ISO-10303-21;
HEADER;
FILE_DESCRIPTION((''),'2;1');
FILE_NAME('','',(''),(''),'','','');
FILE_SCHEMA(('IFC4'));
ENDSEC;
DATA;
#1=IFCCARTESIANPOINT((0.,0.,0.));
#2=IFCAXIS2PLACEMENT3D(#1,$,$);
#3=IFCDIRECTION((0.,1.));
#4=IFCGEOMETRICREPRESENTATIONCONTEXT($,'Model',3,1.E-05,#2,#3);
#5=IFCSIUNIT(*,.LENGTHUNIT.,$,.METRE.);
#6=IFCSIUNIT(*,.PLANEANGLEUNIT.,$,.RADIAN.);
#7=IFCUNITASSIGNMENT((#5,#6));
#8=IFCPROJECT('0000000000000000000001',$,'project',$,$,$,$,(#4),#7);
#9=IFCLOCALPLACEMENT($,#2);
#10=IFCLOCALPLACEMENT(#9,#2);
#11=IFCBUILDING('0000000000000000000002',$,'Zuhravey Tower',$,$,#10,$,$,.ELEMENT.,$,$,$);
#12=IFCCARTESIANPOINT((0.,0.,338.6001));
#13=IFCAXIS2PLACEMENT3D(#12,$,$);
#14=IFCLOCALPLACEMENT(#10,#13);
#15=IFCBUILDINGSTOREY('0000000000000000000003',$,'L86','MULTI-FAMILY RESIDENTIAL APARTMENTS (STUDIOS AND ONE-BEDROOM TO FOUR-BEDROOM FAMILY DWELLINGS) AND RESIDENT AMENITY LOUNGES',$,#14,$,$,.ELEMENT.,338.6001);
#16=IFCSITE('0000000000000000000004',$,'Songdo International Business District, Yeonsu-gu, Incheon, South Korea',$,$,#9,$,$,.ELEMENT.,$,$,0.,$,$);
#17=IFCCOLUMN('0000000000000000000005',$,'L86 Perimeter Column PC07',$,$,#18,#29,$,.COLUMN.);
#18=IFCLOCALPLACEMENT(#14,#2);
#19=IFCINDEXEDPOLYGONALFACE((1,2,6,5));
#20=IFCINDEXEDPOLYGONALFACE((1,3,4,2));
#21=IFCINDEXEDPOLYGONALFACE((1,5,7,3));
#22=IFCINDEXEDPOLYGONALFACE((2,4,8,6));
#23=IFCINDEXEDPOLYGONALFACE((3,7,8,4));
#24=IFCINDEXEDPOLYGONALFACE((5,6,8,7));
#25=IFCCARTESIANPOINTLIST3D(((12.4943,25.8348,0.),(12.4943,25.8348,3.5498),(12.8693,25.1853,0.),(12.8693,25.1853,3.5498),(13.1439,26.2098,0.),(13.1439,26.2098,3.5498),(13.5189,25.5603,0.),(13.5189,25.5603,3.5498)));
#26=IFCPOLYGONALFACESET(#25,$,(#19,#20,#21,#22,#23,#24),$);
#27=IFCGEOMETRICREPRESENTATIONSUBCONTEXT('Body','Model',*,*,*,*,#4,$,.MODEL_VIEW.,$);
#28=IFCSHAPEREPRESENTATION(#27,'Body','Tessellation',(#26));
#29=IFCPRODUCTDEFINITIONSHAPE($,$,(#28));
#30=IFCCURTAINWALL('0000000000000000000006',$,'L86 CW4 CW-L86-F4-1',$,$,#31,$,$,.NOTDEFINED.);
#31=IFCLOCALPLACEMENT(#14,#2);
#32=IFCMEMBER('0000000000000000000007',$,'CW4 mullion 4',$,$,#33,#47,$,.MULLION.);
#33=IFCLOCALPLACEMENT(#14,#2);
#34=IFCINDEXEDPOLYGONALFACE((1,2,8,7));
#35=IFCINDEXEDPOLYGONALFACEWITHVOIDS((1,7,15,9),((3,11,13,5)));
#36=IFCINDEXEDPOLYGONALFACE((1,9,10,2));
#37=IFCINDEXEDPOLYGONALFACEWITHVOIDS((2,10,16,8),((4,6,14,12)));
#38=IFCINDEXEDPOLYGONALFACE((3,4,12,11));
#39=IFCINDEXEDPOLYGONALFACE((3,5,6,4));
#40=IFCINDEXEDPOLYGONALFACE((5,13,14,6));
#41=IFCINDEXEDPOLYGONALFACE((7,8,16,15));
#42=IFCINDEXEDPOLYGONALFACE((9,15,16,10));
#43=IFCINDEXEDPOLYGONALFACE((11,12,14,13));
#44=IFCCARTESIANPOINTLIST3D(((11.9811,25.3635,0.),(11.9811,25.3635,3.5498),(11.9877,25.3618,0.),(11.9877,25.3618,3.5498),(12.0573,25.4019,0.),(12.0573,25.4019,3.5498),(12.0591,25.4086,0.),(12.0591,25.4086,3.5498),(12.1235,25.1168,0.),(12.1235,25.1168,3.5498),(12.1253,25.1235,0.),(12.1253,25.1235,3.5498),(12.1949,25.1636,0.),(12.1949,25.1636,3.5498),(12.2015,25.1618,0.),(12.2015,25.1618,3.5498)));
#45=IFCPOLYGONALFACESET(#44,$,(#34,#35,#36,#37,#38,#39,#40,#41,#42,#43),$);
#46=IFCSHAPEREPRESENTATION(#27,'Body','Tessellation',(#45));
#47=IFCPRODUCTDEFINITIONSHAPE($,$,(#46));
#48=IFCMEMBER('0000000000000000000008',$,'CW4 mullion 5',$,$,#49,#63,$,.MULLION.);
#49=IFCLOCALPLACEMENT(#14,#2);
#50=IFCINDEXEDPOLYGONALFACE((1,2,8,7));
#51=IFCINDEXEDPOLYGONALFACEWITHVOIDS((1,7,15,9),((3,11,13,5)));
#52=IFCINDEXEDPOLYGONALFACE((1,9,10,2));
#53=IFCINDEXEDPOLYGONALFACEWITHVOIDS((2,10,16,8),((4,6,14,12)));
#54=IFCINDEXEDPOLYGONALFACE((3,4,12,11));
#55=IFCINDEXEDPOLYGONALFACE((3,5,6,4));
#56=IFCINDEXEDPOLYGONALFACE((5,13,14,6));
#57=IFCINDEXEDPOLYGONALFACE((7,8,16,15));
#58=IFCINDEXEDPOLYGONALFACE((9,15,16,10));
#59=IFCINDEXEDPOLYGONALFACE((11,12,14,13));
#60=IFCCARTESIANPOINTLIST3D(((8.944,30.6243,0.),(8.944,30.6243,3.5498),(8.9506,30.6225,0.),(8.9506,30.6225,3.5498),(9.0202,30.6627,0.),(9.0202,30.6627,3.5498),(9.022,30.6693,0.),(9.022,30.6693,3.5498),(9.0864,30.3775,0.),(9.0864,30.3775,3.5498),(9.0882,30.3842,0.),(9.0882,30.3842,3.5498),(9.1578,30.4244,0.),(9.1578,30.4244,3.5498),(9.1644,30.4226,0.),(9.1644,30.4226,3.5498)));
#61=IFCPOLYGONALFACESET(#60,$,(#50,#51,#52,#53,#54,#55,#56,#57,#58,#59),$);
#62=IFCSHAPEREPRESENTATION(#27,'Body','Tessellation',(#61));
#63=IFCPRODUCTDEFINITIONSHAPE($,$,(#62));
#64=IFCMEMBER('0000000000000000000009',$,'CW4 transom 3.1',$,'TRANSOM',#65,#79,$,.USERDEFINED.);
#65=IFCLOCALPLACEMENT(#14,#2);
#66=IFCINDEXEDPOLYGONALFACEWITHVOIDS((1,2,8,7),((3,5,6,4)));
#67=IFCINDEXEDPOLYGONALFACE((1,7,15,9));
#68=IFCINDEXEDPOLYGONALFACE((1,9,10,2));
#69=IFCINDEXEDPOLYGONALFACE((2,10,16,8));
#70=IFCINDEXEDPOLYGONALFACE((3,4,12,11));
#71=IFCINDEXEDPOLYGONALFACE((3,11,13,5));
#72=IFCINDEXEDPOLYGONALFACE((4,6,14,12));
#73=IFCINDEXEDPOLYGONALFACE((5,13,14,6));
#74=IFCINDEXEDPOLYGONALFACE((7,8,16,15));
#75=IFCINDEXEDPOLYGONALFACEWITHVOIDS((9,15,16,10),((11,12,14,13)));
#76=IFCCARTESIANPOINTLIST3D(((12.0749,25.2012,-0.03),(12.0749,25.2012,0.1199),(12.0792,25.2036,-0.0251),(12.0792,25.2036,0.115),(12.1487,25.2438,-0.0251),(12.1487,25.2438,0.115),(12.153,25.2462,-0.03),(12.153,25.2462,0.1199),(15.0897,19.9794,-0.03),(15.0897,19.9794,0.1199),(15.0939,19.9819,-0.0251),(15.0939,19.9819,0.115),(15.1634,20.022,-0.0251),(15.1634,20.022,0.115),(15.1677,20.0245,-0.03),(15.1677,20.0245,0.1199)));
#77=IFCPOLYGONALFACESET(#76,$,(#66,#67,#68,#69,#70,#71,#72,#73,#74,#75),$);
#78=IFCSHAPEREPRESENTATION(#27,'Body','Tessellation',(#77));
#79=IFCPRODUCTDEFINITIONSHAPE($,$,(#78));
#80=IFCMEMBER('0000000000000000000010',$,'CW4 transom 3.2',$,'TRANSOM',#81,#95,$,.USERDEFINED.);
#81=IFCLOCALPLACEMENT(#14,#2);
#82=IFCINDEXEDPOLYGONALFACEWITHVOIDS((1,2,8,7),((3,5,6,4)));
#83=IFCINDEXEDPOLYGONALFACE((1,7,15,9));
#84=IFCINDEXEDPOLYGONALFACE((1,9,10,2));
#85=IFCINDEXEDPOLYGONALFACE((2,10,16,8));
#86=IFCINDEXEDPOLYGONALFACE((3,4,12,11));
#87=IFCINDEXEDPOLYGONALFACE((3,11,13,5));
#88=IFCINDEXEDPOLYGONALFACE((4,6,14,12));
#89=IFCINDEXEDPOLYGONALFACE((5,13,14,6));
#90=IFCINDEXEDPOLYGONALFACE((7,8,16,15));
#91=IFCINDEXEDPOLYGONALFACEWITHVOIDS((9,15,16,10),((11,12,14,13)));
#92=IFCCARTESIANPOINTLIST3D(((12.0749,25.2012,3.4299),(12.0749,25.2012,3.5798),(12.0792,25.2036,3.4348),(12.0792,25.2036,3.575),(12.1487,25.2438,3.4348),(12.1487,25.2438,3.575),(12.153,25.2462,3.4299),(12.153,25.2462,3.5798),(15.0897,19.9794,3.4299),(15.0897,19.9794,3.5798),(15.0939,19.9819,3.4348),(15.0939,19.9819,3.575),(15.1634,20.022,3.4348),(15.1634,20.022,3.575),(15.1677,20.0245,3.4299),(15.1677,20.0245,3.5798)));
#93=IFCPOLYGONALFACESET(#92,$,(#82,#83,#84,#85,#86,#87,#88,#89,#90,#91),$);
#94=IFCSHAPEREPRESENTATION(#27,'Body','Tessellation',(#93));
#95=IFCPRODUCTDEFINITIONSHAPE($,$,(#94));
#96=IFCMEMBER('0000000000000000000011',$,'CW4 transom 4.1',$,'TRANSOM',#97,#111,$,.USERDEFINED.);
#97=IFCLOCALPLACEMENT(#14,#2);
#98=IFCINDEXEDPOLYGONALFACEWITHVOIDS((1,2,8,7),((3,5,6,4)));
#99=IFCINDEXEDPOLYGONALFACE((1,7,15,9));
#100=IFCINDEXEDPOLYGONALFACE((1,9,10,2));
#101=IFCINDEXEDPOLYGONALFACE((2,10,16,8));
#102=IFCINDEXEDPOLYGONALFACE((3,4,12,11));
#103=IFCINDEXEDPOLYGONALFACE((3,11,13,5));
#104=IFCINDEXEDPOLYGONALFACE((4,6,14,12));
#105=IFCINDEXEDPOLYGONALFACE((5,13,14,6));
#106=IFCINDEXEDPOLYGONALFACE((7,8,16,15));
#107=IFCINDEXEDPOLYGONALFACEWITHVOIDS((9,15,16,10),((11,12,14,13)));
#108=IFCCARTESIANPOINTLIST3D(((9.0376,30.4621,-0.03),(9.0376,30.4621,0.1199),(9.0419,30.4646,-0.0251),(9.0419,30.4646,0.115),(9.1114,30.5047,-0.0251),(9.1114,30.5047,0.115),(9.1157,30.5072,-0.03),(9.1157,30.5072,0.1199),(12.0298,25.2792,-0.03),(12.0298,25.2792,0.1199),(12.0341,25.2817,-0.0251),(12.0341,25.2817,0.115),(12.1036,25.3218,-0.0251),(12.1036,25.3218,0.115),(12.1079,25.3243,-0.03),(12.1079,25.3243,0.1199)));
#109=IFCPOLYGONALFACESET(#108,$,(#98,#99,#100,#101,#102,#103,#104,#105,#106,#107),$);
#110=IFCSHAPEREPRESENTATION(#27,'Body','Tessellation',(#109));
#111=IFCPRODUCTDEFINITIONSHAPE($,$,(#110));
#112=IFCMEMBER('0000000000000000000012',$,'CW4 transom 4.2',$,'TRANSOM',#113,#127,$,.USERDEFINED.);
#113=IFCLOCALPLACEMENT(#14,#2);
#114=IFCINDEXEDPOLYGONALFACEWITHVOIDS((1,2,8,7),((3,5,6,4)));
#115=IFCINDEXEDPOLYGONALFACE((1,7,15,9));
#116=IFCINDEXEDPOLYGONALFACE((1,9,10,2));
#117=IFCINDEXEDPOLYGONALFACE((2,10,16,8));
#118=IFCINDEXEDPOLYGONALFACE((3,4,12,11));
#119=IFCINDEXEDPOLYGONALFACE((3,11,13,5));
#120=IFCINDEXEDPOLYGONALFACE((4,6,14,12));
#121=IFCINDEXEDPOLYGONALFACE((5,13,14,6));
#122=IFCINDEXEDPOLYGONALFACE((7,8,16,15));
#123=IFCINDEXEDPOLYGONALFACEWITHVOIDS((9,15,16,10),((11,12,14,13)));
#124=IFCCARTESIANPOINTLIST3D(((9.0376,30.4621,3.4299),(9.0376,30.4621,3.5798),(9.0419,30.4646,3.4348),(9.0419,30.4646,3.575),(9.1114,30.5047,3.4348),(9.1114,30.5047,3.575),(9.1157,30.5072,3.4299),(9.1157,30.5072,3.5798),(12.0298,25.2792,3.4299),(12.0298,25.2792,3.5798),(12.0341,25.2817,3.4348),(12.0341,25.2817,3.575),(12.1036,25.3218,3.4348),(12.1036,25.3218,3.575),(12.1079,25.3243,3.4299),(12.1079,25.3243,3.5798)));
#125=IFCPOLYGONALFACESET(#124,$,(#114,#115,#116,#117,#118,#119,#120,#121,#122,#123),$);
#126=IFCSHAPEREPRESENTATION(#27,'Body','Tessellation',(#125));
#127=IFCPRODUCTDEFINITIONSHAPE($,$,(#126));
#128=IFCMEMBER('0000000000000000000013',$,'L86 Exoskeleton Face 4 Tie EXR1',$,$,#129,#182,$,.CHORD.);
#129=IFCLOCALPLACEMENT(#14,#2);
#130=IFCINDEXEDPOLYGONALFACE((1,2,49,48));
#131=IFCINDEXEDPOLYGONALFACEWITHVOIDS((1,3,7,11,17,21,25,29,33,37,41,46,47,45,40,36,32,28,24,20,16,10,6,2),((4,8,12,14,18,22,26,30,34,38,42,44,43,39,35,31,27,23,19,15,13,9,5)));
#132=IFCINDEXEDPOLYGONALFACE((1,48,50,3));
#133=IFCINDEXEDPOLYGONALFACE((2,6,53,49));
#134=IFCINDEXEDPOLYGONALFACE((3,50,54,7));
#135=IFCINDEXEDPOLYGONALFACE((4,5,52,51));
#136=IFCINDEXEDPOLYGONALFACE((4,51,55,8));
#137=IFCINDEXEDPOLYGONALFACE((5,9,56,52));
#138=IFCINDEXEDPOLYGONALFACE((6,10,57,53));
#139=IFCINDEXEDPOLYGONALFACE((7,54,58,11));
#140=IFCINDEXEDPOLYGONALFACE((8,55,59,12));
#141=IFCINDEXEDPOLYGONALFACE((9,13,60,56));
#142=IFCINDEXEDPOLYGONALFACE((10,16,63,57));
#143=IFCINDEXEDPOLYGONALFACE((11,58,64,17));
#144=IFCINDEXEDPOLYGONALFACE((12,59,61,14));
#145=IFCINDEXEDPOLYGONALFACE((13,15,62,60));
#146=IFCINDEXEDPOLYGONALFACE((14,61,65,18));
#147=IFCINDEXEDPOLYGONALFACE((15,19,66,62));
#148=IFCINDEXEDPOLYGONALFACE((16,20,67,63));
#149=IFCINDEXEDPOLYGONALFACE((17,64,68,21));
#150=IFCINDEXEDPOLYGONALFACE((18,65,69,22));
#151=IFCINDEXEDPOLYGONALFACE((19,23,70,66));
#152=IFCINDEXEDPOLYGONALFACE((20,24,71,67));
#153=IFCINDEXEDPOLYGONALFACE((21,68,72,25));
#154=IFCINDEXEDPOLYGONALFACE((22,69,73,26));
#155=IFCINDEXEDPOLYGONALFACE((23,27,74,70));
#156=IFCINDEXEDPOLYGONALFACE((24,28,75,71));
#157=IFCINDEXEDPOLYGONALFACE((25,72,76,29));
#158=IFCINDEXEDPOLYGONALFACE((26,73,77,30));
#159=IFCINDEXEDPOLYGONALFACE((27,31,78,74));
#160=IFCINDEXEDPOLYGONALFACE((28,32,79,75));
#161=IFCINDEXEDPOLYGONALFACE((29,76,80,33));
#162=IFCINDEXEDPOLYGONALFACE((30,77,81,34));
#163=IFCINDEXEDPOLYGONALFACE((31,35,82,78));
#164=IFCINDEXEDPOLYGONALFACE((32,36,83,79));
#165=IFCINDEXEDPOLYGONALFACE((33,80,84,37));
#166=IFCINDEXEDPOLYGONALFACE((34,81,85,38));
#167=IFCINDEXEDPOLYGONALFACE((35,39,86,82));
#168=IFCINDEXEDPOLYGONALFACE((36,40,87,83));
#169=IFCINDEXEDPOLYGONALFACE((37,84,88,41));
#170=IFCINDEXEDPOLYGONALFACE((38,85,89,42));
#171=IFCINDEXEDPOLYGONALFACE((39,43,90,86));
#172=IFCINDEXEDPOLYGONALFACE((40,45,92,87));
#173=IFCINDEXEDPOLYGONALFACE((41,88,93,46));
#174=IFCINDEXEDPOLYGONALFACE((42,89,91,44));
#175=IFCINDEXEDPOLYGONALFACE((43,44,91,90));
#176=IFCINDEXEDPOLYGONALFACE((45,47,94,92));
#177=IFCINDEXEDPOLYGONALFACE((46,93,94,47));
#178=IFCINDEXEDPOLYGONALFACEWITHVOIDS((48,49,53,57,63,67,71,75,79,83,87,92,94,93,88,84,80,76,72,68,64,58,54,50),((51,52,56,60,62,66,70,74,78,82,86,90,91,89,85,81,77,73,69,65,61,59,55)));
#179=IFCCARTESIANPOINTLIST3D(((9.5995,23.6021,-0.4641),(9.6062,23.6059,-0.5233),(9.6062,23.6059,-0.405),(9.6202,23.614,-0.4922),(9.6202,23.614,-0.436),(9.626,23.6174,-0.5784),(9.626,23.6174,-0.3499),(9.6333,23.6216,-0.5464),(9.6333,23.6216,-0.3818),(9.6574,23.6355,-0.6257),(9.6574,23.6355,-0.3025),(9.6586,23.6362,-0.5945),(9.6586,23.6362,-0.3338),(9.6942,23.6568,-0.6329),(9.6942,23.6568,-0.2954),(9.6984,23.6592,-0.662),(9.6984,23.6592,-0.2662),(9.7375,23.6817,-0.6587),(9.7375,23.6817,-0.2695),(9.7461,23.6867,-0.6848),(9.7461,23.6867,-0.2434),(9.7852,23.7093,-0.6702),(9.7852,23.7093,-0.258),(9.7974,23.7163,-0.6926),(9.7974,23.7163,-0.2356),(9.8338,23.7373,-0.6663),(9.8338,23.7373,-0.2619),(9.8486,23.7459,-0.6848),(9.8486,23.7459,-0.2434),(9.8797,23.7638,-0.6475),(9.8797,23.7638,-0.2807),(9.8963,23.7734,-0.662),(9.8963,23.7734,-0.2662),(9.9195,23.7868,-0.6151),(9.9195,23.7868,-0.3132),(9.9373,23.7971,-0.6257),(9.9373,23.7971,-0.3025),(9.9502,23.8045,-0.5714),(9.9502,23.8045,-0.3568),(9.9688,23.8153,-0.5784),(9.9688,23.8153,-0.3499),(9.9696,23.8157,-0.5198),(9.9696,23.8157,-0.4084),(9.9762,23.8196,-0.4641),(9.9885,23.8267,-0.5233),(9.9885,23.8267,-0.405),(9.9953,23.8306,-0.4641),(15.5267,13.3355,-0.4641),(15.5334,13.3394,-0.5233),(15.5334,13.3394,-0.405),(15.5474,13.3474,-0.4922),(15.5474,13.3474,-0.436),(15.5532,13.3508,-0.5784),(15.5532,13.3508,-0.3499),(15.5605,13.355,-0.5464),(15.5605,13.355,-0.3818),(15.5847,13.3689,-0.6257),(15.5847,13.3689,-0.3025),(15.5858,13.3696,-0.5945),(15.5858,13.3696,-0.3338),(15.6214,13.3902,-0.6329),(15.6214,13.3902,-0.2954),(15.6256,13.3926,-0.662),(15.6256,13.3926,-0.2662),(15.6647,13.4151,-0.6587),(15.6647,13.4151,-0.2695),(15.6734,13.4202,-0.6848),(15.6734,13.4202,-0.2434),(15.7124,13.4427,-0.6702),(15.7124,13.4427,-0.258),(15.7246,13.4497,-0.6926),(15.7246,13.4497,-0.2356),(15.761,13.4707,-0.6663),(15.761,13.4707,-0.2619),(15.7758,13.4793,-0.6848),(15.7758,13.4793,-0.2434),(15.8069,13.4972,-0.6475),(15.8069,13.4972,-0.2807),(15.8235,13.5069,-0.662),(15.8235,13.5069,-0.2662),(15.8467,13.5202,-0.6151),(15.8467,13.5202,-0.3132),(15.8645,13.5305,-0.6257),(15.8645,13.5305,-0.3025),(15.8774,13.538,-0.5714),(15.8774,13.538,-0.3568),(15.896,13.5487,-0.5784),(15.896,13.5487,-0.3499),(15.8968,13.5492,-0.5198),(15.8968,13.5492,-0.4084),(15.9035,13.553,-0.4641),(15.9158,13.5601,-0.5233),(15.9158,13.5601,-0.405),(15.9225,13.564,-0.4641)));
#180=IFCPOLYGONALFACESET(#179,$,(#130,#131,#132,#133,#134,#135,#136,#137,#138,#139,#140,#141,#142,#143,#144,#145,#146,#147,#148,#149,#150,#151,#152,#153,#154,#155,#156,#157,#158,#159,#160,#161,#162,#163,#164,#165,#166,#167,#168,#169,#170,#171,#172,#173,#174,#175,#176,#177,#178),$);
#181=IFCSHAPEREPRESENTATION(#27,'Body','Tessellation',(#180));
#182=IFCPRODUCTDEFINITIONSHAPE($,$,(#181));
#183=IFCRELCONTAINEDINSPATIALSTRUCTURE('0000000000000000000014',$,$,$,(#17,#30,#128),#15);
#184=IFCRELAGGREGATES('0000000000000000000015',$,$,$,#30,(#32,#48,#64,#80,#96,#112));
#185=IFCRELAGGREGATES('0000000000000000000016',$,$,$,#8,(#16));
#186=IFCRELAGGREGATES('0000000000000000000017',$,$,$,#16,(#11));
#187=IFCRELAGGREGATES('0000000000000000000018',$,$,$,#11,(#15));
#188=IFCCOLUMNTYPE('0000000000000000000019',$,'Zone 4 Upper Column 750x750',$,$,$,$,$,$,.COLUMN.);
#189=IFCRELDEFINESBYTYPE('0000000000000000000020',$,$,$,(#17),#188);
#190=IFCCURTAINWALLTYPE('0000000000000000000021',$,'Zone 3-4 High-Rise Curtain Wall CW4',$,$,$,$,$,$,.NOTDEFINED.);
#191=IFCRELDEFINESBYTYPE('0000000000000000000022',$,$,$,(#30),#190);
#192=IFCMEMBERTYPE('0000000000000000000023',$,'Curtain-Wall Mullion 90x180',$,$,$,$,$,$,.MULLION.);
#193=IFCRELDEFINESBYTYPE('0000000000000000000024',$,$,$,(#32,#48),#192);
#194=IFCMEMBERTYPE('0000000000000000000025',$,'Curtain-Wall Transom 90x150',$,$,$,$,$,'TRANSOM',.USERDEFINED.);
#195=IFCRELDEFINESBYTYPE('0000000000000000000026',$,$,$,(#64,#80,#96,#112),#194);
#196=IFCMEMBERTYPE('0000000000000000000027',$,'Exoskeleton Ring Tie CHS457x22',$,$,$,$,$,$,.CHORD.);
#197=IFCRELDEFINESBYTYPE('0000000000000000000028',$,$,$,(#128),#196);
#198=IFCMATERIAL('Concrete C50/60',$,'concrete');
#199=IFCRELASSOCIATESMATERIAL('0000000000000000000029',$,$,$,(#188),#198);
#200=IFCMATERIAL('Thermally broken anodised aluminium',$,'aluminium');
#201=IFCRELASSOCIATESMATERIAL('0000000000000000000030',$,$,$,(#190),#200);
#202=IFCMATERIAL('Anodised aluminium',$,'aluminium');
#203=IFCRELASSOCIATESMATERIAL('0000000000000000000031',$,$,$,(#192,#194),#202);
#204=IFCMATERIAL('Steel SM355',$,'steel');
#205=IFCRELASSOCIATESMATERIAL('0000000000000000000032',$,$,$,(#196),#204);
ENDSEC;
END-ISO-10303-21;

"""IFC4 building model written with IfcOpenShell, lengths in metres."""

from ifc_helpers import new_model, si_unit, direction, frame, origin, origin_2d, place, context, subcontext, project, spatial, rectangle, hollow_rectangle, hollow_circle, extrude, material, material_profile, profile_set, type_object, element, aggregate, save


model = new_model("IFC4")

# Units and contexts
model_context = context("Model", 3, precision=1e-05, world=origin(), true_north=direction((0.0, 1.0)))
body_context = subcontext(model_context, "Body", "Model", "MODEL_VIEW")
ifc_project = project(units=[si_unit("LENGTHUNIT", "METRE"), si_unit("PLANEANGLEUNIT", "RADIAN")], contexts=[model_context])

# Site, building, storey
site_placement = place(None, origin())
site = spatial("IfcSite", under=ifc_project, at=site_placement, Name="Songdo International Business District, Yeonsu-gu, Incheon, South Korea", CompositionType="ELEMENT", RefElevation=0.0)
building_placement = place(site_placement, origin())
building = spatial("IfcBuilding", under=site, at=building_placement, Name="Zuhravey Tower", CompositionType="ELEMENT")
storey_placement = place(building_placement, frame((0.0, 0.0, 338.6001)))
storey = spatial("IfcBuildingStorey", under=building, at=storey_placement, Name="L86", Description="MULTI-FAMILY RESIDENTIAL APARTMENTS (STUDIOS AND ONE-BEDROOM TO FOUR-BEDROOM FAMILY DWELLINGS) AND RESIDENT AMENITY LOUNGES", CompositionType="ELEMENT", Elevation=338.6001)

# Column
ifc_material_1 = material(Name="Concrete C50/60", Category="concrete")
ifc_material_profile_1 = material_profile(ifc_material_1, rectangle(XDim=0.75, YDim=0.75, at=origin_2d()), Name="RC-750x750")
ifc_profile_set_1 = profile_set([ifc_material_profile_1], Name="Concrete C50/60")
column_type = type_object("IfcColumnType", Name="Zone 4 Upper Column 750x750", PredefinedType="COLUMN", material=ifc_profile_set_1)
column_placement = place(storey_placement, frame((13.0066, 25.6975, 0.0), z_axis=(0.0, 0.0, 1.0), x_axis=(0.5, -0.866025, 0.0)))
element("IfcColumn", 1, at=column_placement, inside=storey, type_object=column_type, Name="L86 Perimeter Column PC07", PredefinedType="COLUMN", context=body_context, shape_type="SweptSolid", body=[
    extrude(rectangle(XDim=0.75, YDim=0.75, at=origin_2d()), origin(), (0.0, 0.0, 1.0), 3.5498),
])

# Curtain wall, members
ifc_material_2 = material(Name="Thermally broken anodised aluminium", Category="aluminium")
curtain_wall_type = type_object("IfcCurtainWallType", Name="Zone 3-4 High-Rise Curtain Wall CW4", PredefinedType="NOTDEFINED", material=ifc_material_2)
curtain_wall_placement = place(storey_placement, origin())
curtain_wall = element("IfcCurtainWall", 2, at=curtain_wall_placement, inside=storey, type_object=curtain_wall_type, Name="L86 CW4 CW-L86-F4-1", PredefinedType="NOTDEFINED")
ifc_material_3 = material(Name="Anodised aluminium", Category="aluminium")
ifc_material_profile_2 = material_profile(ifc_material_3, hollow_rectangle(XDim=0.0901, YDim=0.2849, WallThickness=0.0049, at=origin_2d()), Name="ALU-RHS-90x285x5")
ifc_profile_set_2 = profile_set([ifc_material_profile_2], Name="Anodised aluminium")
member_type_1 = type_object("IfcMemberType", Name="Curtain-Wall Mullion 90x180", PredefinedType="MULLION", material=ifc_profile_set_2)
member_1_placement = place(storey_placement, frame((12.0913, 25.2627, 0.0), z_axis=(0.0, 0.0, 1.0), x_axis=(-0.866026, -0.5, 0.0)))
member_1 = element("IfcMember", 3, at=member_1_placement, type_object=member_type_1, Name="CW4 mullion 4", PredefinedType="MULLION", context=body_context, shape_type="SweptSolid", body=[
    extrude(hollow_rectangle(XDim=0.0901, YDim=0.2849, WallThickness=0.0049, at=origin_2d()), origin(), (0.0, 0.0, 1.0), 3.5498),
])
member_2_placement = place(storey_placement, frame((9.0542, 30.5234, 0.0), z_axis=(0.0, 0.0, 1.0), x_axis=(-0.866026, -0.5, 0.0)))
member_2 = element("IfcMember", 4, at=member_2_placement, type_object=member_type_1, Name="CW4 mullion 5", PredefinedType="MULLION", context=body_context, shape_type="SweptSolid", body=[
    extrude(hollow_rectangle(XDim=0.0901, YDim=0.2849, WallThickness=0.0049, at=origin_2d()), origin(), (0.0, 0.0, 1.0), 3.5498),
])
ifc_material_profile_3 = material_profile(ifc_material_3, hollow_rectangle(XDim=0.0901, YDim=0.1499, WallThickness=0.0049, at=origin_2d()), Name="ALU-RHS-90x150x5")
ifc_profile_set_3 = profile_set([ifc_material_profile_3], Name="Anodised aluminium")
member_type_2 = type_object("IfcMemberType", Name="Curtain-Wall Transom 90x150", ElementType="TRANSOM", PredefinedType="USERDEFINED", material=ifc_profile_set_3)
member_3_placement = place(storey_placement, frame((15.1287, 20.002, 0.0449), z_axis=(-0.499989, 0.866032, 0.0), x_axis=(-0.866032, -0.499989, 0.0)))
member_3 = element("IfcMember", 5, at=member_3_placement, type_object=member_type_2, Name="CW4 transom 3.1", ObjectType="TRANSOM", PredefinedType="USERDEFINED", context=body_context, shape_type="SweptSolid", body=[
    extrude(hollow_rectangle(XDim=0.0901, YDim=0.1499, WallThickness=0.0049, at=origin_2d()), origin(), (0.0, 0.0, 1.0), 6.0295),
])
member_4_placement = place(storey_placement, frame((15.1287, 20.002, 3.5049), z_axis=(-0.499989, 0.866032, 0.0), x_axis=(-0.866032, -0.499989, 0.0)))
member_4 = element("IfcMember", 6, at=member_4_placement, type_object=member_type_2, Name="CW4 transom 3.2", ObjectType="TRANSOM", PredefinedType="USERDEFINED", context=body_context, shape_type="SweptSolid", body=[
    extrude(hollow_rectangle(XDim=0.0901, YDim=0.1499, WallThickness=0.0049, at=origin_2d()), origin(), (0.0, 0.0, 1.0), 6.0295),
])
member_5_placement = place(storey_placement, frame((12.0688, 25.3018, 0.0449), z_axis=(-0.499983, 0.866035, 0.0), x_axis=(-0.866035, -0.499983, 0.0)))
member_5 = element("IfcMember", 7, at=member_5_placement, type_object=member_type_2, Name="CW4 transom 4.1", ObjectType="TRANSOM", PredefinedType="USERDEFINED", context=body_context, shape_type="SweptSolid", body=[
    extrude(hollow_rectangle(XDim=0.0901, YDim=0.1499, WallThickness=0.0049, at=origin_2d()), origin(), (0.0, 0.0, 1.0), 5.9846),
])
member_6_placement = place(storey_placement, frame((12.0688, 25.3018, 3.5049), z_axis=(-0.499983, 0.866035, 0.0), x_axis=(-0.866035, -0.499983, 0.0)))
member_6 = element("IfcMember", 8, at=member_6_placement, type_object=member_type_2, Name="CW4 transom 4.2", ObjectType="TRANSOM", PredefinedType="USERDEFINED", context=body_context, shape_type="SweptSolid", body=[
    extrude(hollow_rectangle(XDim=0.0901, YDim=0.1499, WallThickness=0.0049, at=origin_2d()), origin(), (0.0, 0.0, 1.0), 5.9846),
])

# Member
ifc_material_4 = material(Name="Steel SM355", Category="steel")
ifc_material_profile_4 = material_profile(ifc_material_4, hollow_circle(Radius=0.2285, WallThickness=0.022, at=origin_2d()), Name="CHS-457.2x22")
ifc_profile_set_4 = profile_set([ifc_material_profile_4], Name="Steel SM355")
member_type_3 = type_object("IfcMemberType", Name="Exoskeleton Ring Tie CHS457x22", PredefinedType="CHORD", material=ifc_profile_set_4)
member_7_placement = place(storey_placement, frame((9.7974, 23.7163, -0.4641), z_axis=(0.499989, -0.866032, 0.0), x_axis=(0.866032, 0.499989, 0.0)))
element("IfcMember", 9, at=member_7_placement, inside=storey, type_object=member_type_3, Name="L86 Exoskeleton Face 4 Tie EXR1", PredefinedType="CHORD", context=body_context, shape_type="SweptSolid", body=[
    extrude(hollow_circle(Radius=0.2285, WallThickness=0.022, at=origin_2d()), origin(), (0.0, 0.0, 1.0), 11.8547),
])

aggregate(curtain_wall, [member_1, member_2, member_3, member_4, member_5, member_6])

save(model, "model.ifc")
